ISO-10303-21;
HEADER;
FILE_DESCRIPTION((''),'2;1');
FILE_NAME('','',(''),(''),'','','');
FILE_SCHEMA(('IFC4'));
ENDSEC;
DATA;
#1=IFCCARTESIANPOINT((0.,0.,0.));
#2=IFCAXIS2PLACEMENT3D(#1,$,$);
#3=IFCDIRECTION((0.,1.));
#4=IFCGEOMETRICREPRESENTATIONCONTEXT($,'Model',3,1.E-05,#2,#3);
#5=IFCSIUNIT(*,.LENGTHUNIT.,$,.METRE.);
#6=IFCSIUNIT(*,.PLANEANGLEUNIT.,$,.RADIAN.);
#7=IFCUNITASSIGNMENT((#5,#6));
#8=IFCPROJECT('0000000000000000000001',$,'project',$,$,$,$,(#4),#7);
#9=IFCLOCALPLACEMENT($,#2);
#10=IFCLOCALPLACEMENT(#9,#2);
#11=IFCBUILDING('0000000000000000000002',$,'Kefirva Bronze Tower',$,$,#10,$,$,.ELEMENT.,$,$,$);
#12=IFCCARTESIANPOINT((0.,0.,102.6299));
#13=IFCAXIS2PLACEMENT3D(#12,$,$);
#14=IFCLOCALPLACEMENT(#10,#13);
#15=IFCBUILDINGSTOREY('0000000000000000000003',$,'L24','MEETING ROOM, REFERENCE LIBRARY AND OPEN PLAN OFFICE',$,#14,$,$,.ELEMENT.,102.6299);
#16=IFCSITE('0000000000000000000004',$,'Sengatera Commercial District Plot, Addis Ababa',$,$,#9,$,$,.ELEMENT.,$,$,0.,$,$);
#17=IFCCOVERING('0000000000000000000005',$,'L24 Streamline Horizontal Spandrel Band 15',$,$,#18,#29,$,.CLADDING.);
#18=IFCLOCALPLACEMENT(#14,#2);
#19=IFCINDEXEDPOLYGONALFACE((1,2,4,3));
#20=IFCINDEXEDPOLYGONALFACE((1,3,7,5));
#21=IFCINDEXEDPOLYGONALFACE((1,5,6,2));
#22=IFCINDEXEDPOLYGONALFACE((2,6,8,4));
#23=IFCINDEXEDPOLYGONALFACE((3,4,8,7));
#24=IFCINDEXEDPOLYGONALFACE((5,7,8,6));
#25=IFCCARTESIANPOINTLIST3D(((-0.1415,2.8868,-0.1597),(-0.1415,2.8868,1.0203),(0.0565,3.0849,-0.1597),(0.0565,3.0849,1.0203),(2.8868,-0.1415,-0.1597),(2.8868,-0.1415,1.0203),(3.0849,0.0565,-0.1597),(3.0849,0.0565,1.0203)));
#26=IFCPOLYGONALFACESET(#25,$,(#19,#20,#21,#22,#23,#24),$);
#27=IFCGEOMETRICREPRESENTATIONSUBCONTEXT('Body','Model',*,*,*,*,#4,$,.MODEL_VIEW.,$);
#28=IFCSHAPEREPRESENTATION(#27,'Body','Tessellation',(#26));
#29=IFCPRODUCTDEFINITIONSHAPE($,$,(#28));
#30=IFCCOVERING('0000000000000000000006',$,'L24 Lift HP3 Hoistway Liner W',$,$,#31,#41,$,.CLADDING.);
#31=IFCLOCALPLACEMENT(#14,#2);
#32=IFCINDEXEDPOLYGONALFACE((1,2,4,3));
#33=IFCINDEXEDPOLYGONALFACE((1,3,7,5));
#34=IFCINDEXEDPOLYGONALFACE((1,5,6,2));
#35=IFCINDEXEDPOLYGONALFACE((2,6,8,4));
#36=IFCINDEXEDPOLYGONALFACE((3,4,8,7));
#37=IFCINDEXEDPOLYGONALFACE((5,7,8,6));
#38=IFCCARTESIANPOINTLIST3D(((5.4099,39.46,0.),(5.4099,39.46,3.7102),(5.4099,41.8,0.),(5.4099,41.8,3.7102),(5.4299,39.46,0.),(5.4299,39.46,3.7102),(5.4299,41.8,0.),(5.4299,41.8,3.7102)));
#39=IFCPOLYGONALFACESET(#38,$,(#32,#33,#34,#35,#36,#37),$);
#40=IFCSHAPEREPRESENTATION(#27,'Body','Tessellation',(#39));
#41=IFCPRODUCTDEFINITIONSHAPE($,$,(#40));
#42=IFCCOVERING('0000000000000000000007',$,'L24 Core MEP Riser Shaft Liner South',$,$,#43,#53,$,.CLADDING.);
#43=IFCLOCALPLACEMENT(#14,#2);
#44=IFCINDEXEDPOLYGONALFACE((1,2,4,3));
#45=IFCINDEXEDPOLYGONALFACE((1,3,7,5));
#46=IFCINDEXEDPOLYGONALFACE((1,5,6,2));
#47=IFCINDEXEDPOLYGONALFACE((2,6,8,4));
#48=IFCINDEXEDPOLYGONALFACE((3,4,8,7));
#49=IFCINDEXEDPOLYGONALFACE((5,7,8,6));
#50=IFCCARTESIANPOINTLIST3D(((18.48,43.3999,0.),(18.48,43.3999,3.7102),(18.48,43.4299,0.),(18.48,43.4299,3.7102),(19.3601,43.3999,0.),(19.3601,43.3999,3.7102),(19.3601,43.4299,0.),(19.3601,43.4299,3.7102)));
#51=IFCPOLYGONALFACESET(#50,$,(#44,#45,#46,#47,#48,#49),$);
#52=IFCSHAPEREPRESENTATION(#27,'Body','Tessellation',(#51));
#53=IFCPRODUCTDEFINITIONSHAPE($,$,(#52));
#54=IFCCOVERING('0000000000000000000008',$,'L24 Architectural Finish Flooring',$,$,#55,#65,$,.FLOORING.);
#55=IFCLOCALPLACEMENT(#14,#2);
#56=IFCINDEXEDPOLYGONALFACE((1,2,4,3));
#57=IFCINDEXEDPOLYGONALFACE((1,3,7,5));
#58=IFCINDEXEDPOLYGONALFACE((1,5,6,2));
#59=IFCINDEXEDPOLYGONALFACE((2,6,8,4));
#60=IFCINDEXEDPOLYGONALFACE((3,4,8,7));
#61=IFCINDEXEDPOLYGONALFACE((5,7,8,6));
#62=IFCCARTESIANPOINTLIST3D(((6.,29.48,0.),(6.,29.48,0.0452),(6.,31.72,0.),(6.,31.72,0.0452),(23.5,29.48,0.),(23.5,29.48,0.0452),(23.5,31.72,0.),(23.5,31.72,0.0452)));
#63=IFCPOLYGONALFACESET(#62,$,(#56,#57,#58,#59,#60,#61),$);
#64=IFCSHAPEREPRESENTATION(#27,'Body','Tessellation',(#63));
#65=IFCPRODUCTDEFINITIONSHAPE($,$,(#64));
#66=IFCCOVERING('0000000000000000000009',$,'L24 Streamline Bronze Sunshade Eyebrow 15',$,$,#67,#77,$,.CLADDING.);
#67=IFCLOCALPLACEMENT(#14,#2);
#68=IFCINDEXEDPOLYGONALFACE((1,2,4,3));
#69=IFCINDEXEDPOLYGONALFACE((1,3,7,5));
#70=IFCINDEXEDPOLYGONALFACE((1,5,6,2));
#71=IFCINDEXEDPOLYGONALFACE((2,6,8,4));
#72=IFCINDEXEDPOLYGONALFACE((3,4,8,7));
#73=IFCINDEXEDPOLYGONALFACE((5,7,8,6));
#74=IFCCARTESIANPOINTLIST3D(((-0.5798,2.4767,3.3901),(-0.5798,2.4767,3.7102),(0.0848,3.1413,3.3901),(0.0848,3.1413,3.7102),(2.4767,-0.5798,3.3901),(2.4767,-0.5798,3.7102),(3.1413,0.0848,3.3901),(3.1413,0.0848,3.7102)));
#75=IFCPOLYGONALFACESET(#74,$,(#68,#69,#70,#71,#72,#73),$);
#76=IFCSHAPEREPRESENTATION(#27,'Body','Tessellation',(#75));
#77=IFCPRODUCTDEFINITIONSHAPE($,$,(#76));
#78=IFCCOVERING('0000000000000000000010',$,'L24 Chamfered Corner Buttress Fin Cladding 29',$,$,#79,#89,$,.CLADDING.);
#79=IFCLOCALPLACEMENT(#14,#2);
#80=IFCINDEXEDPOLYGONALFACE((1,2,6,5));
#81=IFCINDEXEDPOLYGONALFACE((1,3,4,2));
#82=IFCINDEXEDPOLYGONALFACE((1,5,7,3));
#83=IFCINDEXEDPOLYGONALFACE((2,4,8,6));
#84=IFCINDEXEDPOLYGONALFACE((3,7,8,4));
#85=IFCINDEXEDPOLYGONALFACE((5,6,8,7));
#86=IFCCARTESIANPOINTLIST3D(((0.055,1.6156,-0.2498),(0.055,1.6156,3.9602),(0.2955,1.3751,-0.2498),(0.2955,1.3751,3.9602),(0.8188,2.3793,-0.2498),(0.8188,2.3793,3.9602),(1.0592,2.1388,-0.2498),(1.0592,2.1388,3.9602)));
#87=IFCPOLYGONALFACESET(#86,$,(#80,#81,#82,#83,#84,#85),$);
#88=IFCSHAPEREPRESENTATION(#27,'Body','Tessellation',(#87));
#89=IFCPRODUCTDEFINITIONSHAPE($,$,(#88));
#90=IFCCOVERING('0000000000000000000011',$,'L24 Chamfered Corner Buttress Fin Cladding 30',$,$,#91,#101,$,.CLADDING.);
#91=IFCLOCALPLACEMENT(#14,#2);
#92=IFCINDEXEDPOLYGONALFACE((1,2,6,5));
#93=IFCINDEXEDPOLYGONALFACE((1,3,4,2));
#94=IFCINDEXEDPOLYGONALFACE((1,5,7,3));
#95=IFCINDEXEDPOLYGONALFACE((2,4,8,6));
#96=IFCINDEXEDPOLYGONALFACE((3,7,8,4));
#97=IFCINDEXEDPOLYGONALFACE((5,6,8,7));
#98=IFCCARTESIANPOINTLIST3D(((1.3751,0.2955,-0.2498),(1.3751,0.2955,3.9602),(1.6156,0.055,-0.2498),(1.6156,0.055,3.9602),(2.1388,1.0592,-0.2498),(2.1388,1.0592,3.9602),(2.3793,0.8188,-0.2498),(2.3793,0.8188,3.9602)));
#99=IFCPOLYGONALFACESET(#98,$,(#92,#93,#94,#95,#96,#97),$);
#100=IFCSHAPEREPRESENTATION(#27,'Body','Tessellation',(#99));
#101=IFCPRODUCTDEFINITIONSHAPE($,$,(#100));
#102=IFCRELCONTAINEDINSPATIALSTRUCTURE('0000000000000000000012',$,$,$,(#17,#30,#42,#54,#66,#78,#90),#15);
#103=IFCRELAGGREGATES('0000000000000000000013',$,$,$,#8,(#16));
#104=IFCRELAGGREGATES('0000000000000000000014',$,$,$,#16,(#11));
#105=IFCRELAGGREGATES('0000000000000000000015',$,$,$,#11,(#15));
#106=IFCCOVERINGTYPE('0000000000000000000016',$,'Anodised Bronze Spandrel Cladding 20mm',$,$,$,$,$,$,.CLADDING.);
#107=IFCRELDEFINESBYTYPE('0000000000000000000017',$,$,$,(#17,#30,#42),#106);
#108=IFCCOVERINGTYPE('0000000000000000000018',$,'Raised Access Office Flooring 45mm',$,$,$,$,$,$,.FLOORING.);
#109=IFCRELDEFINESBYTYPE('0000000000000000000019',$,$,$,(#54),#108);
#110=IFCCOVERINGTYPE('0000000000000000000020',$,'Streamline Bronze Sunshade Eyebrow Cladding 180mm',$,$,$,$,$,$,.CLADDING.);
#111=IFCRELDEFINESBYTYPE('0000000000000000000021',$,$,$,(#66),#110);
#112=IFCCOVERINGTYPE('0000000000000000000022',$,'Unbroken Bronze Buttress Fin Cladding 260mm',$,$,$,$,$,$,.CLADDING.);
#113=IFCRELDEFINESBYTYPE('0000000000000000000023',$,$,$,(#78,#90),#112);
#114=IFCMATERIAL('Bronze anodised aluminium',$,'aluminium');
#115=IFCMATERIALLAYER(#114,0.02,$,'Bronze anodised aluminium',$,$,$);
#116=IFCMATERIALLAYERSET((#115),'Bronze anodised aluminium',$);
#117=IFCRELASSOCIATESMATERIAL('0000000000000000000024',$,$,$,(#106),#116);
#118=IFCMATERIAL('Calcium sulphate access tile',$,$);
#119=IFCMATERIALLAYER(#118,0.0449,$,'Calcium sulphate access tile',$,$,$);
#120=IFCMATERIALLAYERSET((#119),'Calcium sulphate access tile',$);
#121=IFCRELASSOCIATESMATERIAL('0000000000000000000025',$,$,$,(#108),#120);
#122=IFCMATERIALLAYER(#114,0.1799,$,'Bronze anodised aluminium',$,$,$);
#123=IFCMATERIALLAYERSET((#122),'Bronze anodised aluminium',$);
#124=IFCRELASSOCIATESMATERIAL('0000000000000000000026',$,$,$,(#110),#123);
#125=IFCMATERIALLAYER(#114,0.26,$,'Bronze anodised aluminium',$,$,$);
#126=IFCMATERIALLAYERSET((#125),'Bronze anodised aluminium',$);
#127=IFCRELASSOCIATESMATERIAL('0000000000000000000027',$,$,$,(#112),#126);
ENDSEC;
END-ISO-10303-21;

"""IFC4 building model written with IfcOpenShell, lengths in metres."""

from ifc_helpers import new_model, si_unit, direction, frame, origin, origin_2d, place, context, subcontext, project, spatial, polyline, rectangle, outline, extrude, material, layer, layer_set, type_object, element, save


model = new_model("IFC4")

# Units and contexts
model_context = context("Model", 3, precision=1e-05, world=origin(), true_north=direction((0.0, 1.0)))
body_context = subcontext(model_context, "Body", "Model", "MODEL_VIEW")
ifc_project = project(units=[si_unit("LENGTHUNIT", "METRE"), si_unit("PLANEANGLEUNIT", "RADIAN")], contexts=[model_context])

# Site, building, storey
site_placement = place(None, origin())
site = spatial("IfcSite", under=ifc_project, at=site_placement, Name="Sengatera Commercial District Plot, Addis Ababa", CompositionType="ELEMENT", RefElevation=0.0)
building_placement = place(site_placement, origin())
building = spatial("IfcBuilding", under=site, at=building_placement, Name="Kefirva Bronze Tower", CompositionType="ELEMENT")
storey_placement = place(building_placement, frame((0.0, 0.0, 102.6299)))
storey = spatial("IfcBuildingStorey", under=building, at=storey_placement, Name="L24", Description="MEETING ROOM, REFERENCE LIBRARY AND OPEN PLAN OFFICE", CompositionType="ELEMENT", Elevation=102.6299)

# Shared definitions
ifc_material_1 = material(Name="Bronze anodised aluminium", Category="aluminium")

# Coverings
ifc_layer_1 = layer(ifc_material_1, 0.02, Name="Bronze anodised aluminium")
ifc_layer_set_1 = layer_set([ifc_layer_1], Name="Bronze anodised aluminium")
covering_type_1 = type_object("IfcCoveringType", Name="Anodised Bronze Spandrel Cladding 20mm", PredefinedType="CLADDING", material=ifc_layer_set_1)
covering_1_placement = place(storey_placement, frame((1.4717, 1.4717, -0.1597), z_axis=(0.0, 0.0, 1.0), x_axis=(0.707107, -0.707107, 0.0)))
element("IfcCovering", 1, at=covering_1_placement, inside=storey, type_object=covering_type_1, Name="L24 Streamline Horizontal Spandrel Band 15", PredefinedType="CLADDING", context=body_context, shape_type="SweptSolid", body=[
    extrude(rectangle(XDim=4.2827, YDim=0.28, at=origin_2d()), origin(), (0.0, 0.0, 1.0), 1.1799),
])
covering_2_placement = place(storey_placement, origin())
element("IfcCovering", 2, at=covering_2_placement, inside=storey, type_object=covering_type_1, Name="L24 Lift HP3 Hoistway Liner W", PredefinedType="CLADDING", context=body_context, shape_type="SweptSolid", body=[
    extrude(outline(polyline([(5.4099, 39.46), (5.4299, 39.46), (5.4299, 41.8), (5.4099, 41.8), (5.4099, 39.46)])), origin(), (0.0, 0.0, 1.0), 3.7102),
])
covering_3_placement = place(storey_placement, origin())
element("IfcCovering", 3, at=covering_3_placement, inside=storey, type_object=covering_type_1, Name="L24 Core MEP Riser Shaft Liner South", PredefinedType="CLADDING", context=body_context, shape_type="SweptSolid", body=[
    extrude(outline(polyline([(18.48, 43.3999), (19.3601, 43.3999), (19.3601, 43.4299), (18.48, 43.4299), (18.48, 43.3999)])), origin(), (0.0, 0.0, 1.0), 3.7102),
])
ifc_material_2 = material(Name="Calcium sulphate access tile")
ifc_layer_2 = layer(ifc_material_2, 0.0449, Name="Calcium sulphate access tile")
ifc_layer_set_2 = layer_set([ifc_layer_2], Name="Calcium sulphate access tile")
covering_type_2 = type_object("IfcCoveringType", Name="Raised Access Office Flooring 45mm", PredefinedType="FLOORING", material=ifc_layer_set_2)
covering_4_placement = place(storey_placement, origin())
element("IfcCovering", 4, at=covering_4_placement, inside=storey, type_object=covering_type_2, Name="L24 Architectural Finish Flooring", PredefinedType="FLOORING", context=body_context, shape_type="SweptSolid", body=[
    extrude(outline(polyline([(6.0, 29.48), (23.5, 29.48), (23.5, 31.72), (6.0, 31.72), (6.0, 29.48)])), origin(), (0.0, 0.0, 1.0), 0.0452),
])
ifc_layer_3 = layer(ifc_material_1, 0.1799, Name="Bronze anodised aluminium")
ifc_layer_set_3 = layer_set([ifc_layer_3], Name="Bronze anodised aluminium")
covering_type_3 = type_object("IfcCoveringType", Name="Streamline Bronze Sunshade Eyebrow Cladding 180mm", PredefinedType="CLADDING", material=ifc_layer_set_3)
covering_5_placement = place(storey_placement, frame((1.2808, 1.2808, 3.3901), z_axis=(0.0, 0.0, 1.0), x_axis=(0.707107, -0.707107, 0.0)))
element("IfcCovering", 5, at=covering_5_placement, inside=storey, type_object=covering_type_3, Name="L24 Streamline Bronze Sunshade Eyebrow 15", PredefinedType="CLADDING", context=body_context, shape_type="SweptSolid", body=[
    extrude(rectangle(XDim=4.3225, YDim=0.9399, at=origin_2d()), origin(), (0.0, 0.0, 1.0), 0.3201),
])
ifc_layer_4 = layer(ifc_material_1, 0.26, Name="Bronze anodised aluminium")
ifc_layer_set_4 = layer_set([ifc_layer_4], Name="Bronze anodised aluminium")
covering_type_4 = type_object("IfcCoveringType", Name="Unbroken Bronze Buttress Fin Cladding 260mm", PredefinedType="CLADDING", material=ifc_layer_set_4)
for number, where, z_axis, x_axis, name in (
    (6, (0.5571, 1.8772, -0.2498), (0.0, 0.0, 1.0), (0.707107, -0.707107, 0.0), "L24 Chamfered Corner Buttress Fin Cladding 29"),
    (7, (1.8772, 0.5571, -0.2498), (0.0, 0.0, 1.0), (0.707107, -0.707107, 0.0), "L24 Chamfered Corner Buttress Fin Cladding 30"),
):
    element("IfcCovering", number, at=place(storey_placement, frame(where, z_axis=z_axis, x_axis=x_axis)), inside=storey, type_object=covering_type_4, Name=name, PredefinedType="CLADDING", context=body_context, shape_type="SweptSolid", body=[
        extrude(rectangle(XDim=0.3401, YDim=1.0801, at=origin_2d()), origin(), (0.0, 0.0, 1.0), 4.21),
    ])

save(model, "model.ifc")
